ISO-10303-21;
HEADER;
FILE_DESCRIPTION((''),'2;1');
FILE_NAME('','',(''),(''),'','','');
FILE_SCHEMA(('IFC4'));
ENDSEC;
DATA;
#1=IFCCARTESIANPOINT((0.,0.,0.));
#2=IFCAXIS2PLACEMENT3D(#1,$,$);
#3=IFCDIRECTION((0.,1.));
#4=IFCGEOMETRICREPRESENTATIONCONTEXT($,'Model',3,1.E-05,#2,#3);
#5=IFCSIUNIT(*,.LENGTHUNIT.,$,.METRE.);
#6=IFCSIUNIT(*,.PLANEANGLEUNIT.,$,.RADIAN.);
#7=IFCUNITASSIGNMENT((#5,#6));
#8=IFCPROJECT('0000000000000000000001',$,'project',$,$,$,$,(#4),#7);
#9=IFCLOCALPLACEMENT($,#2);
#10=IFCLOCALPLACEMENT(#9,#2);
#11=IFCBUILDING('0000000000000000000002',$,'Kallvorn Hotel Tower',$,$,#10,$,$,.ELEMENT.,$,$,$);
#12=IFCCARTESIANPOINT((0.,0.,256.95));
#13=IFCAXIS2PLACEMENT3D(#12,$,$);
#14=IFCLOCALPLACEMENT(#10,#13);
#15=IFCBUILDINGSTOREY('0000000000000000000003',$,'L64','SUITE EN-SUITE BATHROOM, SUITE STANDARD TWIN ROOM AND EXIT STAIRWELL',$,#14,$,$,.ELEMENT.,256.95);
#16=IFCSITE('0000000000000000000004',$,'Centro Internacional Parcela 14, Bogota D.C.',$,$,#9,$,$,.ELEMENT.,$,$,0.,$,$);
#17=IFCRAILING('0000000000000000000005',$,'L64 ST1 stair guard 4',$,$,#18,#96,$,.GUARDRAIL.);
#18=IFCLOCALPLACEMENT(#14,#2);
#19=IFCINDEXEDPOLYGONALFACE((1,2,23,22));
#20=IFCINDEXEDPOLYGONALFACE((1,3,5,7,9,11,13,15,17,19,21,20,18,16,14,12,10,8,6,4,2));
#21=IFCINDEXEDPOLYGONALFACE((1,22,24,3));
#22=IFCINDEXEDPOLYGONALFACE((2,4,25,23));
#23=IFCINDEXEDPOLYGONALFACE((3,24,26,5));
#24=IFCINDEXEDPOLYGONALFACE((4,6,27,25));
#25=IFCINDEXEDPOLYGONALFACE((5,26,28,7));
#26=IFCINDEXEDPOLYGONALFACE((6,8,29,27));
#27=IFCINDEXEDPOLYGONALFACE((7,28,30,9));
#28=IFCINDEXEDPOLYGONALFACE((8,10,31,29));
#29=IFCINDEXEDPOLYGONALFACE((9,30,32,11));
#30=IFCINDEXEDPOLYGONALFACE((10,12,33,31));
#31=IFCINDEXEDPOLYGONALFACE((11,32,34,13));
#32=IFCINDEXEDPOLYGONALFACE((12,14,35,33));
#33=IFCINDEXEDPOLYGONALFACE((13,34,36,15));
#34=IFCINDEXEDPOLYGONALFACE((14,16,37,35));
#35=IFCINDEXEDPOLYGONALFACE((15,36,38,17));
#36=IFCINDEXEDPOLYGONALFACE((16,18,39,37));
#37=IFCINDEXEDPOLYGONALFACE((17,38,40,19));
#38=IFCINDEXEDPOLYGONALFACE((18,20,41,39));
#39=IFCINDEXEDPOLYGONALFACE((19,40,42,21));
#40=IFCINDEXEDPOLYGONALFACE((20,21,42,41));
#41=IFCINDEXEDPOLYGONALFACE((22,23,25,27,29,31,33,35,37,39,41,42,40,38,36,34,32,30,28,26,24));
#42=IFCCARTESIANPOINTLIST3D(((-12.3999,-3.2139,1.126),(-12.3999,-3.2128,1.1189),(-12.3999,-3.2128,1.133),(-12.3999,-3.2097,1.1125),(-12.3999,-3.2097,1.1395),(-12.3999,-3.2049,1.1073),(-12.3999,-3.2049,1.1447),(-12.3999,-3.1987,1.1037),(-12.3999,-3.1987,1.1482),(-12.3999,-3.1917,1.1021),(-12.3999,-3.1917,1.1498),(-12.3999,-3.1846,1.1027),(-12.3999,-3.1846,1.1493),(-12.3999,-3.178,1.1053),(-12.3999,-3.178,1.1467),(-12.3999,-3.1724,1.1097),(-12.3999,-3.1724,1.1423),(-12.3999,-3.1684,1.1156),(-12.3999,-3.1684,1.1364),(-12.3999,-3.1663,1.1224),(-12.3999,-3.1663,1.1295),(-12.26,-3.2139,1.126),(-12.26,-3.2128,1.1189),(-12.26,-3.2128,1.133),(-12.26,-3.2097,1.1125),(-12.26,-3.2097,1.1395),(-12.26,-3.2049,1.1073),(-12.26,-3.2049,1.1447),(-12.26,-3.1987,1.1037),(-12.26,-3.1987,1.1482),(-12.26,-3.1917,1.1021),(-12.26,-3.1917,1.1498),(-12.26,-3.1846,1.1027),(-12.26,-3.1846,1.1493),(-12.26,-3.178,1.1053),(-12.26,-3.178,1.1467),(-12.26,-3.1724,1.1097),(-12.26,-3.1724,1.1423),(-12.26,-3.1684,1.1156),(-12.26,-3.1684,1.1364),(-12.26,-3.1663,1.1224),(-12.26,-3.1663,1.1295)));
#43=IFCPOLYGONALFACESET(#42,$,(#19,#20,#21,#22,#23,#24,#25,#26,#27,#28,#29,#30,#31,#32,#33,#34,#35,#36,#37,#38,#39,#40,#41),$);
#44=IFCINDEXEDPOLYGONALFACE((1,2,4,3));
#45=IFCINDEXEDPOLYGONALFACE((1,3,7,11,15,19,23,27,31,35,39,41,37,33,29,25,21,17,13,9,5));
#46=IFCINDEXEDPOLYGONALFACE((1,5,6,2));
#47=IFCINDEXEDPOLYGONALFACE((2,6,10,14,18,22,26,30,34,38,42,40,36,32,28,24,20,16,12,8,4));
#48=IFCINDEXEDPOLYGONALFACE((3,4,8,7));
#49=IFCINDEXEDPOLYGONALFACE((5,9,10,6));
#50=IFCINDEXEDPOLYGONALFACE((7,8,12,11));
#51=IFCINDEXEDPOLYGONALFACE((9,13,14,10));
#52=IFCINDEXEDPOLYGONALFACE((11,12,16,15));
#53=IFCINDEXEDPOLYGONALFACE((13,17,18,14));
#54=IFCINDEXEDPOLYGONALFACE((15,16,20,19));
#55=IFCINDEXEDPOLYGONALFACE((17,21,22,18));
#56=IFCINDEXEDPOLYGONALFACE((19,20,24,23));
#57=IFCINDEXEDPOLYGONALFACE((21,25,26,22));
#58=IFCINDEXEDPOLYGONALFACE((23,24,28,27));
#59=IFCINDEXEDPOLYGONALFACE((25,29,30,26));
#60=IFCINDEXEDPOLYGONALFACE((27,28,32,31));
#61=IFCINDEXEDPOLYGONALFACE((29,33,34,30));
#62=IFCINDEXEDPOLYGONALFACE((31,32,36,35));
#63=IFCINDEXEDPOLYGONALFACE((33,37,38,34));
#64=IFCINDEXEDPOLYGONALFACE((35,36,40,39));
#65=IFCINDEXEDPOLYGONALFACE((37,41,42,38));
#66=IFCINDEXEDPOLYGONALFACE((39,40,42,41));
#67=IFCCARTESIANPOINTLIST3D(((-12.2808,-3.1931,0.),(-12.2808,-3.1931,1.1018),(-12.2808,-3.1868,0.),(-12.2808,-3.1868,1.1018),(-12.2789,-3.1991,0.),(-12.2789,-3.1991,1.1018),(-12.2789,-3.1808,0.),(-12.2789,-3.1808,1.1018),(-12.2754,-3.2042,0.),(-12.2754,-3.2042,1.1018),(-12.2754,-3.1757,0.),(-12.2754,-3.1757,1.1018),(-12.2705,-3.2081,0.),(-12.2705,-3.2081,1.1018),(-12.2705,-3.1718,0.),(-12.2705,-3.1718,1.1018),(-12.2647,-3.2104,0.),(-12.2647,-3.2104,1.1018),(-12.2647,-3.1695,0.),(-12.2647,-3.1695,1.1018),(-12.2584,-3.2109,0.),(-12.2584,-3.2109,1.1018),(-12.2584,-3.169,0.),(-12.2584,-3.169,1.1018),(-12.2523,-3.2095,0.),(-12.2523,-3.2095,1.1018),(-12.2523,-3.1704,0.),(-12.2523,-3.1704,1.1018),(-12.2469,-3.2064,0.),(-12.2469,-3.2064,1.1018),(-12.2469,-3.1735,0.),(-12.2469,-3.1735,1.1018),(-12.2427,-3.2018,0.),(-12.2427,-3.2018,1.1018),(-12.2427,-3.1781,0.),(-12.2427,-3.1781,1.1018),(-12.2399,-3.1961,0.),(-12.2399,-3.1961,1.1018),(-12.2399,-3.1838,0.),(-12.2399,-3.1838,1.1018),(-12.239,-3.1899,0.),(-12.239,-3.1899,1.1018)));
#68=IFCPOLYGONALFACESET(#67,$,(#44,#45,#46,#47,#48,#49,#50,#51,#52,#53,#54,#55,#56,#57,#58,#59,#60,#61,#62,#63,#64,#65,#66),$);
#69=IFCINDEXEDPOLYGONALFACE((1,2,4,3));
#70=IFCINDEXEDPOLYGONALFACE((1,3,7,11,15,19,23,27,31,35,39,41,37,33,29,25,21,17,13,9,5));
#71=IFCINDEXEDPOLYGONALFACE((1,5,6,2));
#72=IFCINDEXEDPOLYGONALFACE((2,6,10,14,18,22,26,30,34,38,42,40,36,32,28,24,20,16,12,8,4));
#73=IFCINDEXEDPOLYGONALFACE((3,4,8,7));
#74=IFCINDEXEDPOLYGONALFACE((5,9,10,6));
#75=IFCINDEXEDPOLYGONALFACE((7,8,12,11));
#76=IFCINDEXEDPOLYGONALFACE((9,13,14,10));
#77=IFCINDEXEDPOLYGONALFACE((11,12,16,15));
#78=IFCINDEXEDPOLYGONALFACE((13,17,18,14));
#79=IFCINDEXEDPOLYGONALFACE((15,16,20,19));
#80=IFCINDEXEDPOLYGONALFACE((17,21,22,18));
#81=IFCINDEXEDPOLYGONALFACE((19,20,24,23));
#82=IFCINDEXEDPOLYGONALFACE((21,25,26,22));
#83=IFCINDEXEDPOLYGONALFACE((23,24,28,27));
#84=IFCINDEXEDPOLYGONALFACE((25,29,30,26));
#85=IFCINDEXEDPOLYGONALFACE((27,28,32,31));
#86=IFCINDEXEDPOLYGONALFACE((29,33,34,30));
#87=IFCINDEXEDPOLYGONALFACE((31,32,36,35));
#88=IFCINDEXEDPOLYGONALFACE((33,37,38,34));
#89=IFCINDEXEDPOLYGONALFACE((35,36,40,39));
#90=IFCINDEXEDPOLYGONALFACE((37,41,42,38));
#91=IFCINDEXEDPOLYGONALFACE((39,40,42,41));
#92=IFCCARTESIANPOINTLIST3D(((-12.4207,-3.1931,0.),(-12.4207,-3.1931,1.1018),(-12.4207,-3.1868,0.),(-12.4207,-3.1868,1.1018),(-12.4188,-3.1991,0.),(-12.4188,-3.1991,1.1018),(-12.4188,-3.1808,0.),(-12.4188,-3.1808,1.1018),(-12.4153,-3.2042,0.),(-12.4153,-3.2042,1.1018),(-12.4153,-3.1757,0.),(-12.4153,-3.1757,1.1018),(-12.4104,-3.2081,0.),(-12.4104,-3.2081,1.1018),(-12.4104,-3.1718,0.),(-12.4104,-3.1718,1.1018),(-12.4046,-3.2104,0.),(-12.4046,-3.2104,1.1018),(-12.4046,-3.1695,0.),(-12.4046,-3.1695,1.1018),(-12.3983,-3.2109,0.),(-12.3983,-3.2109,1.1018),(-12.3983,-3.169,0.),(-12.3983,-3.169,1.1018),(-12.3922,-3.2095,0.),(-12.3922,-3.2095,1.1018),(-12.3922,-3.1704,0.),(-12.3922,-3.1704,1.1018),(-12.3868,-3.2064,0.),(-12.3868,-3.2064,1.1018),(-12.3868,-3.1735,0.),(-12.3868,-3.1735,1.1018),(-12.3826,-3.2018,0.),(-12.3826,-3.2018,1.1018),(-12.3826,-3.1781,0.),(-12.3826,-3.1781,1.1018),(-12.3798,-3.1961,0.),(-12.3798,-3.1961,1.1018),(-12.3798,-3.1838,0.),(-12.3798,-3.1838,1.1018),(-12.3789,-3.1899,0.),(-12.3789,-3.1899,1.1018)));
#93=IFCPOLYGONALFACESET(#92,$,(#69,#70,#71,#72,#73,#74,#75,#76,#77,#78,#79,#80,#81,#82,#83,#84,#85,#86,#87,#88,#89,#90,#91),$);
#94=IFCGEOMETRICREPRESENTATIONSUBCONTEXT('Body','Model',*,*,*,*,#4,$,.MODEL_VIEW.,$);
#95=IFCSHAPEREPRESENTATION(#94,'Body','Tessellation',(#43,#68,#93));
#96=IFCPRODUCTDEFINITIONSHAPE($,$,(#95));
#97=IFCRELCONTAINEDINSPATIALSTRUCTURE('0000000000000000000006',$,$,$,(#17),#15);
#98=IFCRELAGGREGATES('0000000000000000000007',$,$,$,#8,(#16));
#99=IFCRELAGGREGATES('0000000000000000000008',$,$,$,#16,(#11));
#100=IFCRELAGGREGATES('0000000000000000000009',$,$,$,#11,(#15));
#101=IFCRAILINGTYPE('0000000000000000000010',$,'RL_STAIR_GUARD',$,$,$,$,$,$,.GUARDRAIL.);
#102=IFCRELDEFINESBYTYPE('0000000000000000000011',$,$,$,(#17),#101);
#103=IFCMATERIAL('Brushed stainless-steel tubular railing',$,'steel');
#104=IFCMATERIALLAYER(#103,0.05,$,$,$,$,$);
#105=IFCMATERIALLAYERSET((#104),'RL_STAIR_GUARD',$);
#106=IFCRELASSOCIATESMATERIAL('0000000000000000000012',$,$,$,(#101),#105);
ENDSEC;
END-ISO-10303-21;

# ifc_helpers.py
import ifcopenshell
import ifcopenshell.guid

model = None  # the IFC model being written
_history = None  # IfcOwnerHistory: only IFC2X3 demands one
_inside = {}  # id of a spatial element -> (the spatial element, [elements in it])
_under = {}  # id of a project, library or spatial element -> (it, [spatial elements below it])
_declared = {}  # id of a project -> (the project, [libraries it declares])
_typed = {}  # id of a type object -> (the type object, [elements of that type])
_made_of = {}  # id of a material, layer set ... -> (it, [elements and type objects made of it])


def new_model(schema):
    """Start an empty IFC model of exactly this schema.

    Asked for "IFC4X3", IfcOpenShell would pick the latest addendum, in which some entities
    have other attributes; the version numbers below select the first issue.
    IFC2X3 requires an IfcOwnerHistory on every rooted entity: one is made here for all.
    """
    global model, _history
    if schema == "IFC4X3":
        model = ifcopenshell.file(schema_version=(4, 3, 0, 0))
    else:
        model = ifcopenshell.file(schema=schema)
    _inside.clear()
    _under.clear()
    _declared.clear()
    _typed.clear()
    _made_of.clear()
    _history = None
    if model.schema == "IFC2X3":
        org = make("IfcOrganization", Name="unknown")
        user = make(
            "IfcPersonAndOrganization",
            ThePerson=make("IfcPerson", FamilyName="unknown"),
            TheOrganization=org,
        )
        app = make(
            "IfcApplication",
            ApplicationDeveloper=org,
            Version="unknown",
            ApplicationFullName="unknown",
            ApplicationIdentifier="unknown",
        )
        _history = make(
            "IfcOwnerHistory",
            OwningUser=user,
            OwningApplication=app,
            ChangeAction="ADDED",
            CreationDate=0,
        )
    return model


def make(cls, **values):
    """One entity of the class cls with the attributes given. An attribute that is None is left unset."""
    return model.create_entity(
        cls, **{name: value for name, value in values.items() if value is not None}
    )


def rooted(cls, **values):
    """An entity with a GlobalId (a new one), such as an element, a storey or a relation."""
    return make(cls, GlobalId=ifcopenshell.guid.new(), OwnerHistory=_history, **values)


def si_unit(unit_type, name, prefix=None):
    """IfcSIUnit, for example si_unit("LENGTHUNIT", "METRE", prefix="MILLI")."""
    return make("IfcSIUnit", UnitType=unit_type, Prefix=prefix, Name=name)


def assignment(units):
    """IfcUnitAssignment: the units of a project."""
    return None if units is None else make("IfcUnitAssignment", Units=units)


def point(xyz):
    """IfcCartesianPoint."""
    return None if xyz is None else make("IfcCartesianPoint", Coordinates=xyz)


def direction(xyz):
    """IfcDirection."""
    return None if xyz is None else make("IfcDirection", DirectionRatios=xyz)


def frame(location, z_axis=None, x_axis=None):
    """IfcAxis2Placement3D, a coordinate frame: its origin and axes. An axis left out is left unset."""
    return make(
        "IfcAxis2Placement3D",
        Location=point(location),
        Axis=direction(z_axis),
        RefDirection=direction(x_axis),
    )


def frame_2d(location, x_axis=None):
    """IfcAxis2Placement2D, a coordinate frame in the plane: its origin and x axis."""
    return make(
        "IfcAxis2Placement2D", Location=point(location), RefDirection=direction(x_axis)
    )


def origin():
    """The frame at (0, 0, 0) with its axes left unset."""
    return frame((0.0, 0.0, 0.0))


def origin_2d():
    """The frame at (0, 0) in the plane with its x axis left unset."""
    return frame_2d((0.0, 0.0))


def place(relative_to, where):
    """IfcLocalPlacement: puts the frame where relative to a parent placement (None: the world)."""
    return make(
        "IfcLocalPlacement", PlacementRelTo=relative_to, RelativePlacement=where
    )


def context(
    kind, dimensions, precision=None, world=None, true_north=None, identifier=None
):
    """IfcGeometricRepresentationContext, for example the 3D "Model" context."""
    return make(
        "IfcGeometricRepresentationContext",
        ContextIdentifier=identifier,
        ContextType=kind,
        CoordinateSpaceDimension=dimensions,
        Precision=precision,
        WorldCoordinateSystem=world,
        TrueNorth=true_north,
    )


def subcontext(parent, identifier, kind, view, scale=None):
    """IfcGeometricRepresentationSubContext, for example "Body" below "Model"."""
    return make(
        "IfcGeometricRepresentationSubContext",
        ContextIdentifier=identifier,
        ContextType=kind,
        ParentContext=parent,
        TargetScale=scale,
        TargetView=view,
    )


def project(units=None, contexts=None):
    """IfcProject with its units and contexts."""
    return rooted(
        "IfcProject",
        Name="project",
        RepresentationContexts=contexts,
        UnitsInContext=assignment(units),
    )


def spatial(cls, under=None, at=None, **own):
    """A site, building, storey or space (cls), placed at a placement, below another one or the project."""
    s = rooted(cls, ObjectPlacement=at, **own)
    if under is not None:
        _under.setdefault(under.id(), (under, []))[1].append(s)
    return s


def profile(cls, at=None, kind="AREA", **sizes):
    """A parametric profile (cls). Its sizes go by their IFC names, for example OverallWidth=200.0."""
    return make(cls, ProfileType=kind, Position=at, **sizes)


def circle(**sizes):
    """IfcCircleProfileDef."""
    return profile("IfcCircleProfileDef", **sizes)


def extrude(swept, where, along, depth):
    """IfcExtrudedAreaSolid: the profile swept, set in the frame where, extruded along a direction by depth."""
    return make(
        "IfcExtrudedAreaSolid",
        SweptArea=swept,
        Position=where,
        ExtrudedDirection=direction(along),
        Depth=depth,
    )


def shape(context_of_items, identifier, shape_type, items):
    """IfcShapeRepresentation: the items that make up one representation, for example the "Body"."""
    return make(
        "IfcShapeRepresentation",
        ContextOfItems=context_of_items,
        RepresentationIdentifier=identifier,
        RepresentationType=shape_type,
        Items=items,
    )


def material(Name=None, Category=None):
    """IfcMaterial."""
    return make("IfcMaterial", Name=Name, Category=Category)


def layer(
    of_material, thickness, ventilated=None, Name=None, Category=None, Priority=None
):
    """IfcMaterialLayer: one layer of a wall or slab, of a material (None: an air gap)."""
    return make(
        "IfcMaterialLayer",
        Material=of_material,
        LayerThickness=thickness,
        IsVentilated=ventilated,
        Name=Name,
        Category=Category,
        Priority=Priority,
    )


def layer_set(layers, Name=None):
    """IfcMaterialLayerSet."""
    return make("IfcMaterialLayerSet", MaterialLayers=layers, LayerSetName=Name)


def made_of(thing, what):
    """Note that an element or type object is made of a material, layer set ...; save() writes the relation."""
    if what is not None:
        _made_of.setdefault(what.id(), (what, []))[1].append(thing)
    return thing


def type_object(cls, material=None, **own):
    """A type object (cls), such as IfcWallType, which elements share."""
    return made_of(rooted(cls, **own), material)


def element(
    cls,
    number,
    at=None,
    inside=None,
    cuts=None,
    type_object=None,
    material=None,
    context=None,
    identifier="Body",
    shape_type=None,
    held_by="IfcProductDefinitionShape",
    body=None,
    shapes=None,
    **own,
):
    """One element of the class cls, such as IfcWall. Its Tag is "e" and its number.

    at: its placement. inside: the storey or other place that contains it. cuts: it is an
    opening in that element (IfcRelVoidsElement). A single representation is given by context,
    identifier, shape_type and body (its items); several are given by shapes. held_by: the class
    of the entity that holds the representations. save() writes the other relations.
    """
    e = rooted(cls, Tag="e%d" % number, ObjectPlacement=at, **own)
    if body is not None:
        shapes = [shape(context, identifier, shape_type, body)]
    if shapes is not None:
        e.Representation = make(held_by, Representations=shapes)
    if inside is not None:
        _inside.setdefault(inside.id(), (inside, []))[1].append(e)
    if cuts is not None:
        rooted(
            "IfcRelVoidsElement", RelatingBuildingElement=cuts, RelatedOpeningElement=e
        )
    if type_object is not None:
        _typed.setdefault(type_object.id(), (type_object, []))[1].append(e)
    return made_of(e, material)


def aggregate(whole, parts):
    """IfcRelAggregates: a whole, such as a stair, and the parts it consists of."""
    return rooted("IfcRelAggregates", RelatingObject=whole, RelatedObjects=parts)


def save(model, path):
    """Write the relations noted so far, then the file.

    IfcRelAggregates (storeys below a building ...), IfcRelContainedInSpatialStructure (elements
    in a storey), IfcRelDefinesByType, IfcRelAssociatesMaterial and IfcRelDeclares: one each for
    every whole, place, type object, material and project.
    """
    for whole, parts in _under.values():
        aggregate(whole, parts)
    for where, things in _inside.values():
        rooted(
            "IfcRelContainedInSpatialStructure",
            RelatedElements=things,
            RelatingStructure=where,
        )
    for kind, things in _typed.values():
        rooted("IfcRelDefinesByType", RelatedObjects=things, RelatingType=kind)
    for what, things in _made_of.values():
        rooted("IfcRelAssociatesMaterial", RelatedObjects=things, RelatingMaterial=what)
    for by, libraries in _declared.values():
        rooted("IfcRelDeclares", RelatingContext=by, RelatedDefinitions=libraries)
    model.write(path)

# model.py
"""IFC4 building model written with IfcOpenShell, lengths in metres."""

from ifc_helpers import new_model, si_unit, direction, frame, origin, origin_2d, place, context, subcontext, project, spatial, circle, extrude, material, layer, layer_set, type_object, element, save


model = new_model("IFC4")

# Units and contexts
model_context = context("Model", 3, precision=1e-05, world=origin(), true_north=direction((0.0, 1.0)))
body_context = subcontext(model_context, "Body", "Model", "MODEL_VIEW")
ifc_project = project(units=[si_unit("LENGTHUNIT", "METRE"), si_unit("PLANEANGLEUNIT", "RADIAN")], contexts=[model_context])

# Site, building, storey
site_placement = place(None, origin())
site = spatial("IfcSite", under=ifc_project, at=site_placement, Name="Centro Internacional Parcela 14, Bogota D.C.", CompositionType="ELEMENT", RefElevation=0.0)
building_placement = place(site_placement, origin())
building = spatial("IfcBuilding", under=site, at=building_placement, Name="Kallvorn Hotel Tower", CompositionType="ELEMENT")
storey_placement = place(building_placement, frame((0.0, 0.0, 256.95)))
storey = spatial("IfcBuildingStorey", under=building, at=storey_placement, Name="L64", Description="SUITE EN-SUITE BATHROOM, SUITE STANDARD TWIN ROOM AND EXIT STAIRWELL", CompositionType="ELEMENT", Elevation=256.95)

# Railing
ifc_material_1 = material(Name="Brushed stainless-steel tubular railing", Category="steel")
ifc_layer_1 = layer(ifc_material_1, 0.05)
ifc_layer_set_1 = layer_set([ifc_layer_1], Name="RL_STAIR_GUARD")
railing_type_1 = type_object("IfcRailingType", Name="RL_STAIR_GUARD", PredefinedType="GUARDRAIL", material=ifc_layer_set_1)
railing_1_placement = place(storey_placement, frame((-12.26, -3.1899, 0.0)))
element("IfcRailing", 1, at=railing_1_placement, inside=storey, type_object=railing_type_1, Name="L64 ST1 stair guard 4", PredefinedType="GUARDRAIL", context=body_context, shape_type="SweptSolid", body=[
    extrude(circle(Radius=0.0239, at=origin_2d()), frame((0.0, 0.0, 1.126), z_axis=(-1.0, 0.0, 0.0), x_axis=(0.0, -1.0, 0.0)), (0.0, 0.0, 1.0), 0.1399),
    extrude(circle(Radius=0.021, at=origin_2d()), origin(), (0.0, 0.0, 1.0), 1.1018),
    extrude(circle(Radius=0.021, at=origin_2d()), frame((-0.1399, 0.0, 0.0)), (0.0, 0.0, 1.0), 1.1018),
])

save(model, "model.ifc")
